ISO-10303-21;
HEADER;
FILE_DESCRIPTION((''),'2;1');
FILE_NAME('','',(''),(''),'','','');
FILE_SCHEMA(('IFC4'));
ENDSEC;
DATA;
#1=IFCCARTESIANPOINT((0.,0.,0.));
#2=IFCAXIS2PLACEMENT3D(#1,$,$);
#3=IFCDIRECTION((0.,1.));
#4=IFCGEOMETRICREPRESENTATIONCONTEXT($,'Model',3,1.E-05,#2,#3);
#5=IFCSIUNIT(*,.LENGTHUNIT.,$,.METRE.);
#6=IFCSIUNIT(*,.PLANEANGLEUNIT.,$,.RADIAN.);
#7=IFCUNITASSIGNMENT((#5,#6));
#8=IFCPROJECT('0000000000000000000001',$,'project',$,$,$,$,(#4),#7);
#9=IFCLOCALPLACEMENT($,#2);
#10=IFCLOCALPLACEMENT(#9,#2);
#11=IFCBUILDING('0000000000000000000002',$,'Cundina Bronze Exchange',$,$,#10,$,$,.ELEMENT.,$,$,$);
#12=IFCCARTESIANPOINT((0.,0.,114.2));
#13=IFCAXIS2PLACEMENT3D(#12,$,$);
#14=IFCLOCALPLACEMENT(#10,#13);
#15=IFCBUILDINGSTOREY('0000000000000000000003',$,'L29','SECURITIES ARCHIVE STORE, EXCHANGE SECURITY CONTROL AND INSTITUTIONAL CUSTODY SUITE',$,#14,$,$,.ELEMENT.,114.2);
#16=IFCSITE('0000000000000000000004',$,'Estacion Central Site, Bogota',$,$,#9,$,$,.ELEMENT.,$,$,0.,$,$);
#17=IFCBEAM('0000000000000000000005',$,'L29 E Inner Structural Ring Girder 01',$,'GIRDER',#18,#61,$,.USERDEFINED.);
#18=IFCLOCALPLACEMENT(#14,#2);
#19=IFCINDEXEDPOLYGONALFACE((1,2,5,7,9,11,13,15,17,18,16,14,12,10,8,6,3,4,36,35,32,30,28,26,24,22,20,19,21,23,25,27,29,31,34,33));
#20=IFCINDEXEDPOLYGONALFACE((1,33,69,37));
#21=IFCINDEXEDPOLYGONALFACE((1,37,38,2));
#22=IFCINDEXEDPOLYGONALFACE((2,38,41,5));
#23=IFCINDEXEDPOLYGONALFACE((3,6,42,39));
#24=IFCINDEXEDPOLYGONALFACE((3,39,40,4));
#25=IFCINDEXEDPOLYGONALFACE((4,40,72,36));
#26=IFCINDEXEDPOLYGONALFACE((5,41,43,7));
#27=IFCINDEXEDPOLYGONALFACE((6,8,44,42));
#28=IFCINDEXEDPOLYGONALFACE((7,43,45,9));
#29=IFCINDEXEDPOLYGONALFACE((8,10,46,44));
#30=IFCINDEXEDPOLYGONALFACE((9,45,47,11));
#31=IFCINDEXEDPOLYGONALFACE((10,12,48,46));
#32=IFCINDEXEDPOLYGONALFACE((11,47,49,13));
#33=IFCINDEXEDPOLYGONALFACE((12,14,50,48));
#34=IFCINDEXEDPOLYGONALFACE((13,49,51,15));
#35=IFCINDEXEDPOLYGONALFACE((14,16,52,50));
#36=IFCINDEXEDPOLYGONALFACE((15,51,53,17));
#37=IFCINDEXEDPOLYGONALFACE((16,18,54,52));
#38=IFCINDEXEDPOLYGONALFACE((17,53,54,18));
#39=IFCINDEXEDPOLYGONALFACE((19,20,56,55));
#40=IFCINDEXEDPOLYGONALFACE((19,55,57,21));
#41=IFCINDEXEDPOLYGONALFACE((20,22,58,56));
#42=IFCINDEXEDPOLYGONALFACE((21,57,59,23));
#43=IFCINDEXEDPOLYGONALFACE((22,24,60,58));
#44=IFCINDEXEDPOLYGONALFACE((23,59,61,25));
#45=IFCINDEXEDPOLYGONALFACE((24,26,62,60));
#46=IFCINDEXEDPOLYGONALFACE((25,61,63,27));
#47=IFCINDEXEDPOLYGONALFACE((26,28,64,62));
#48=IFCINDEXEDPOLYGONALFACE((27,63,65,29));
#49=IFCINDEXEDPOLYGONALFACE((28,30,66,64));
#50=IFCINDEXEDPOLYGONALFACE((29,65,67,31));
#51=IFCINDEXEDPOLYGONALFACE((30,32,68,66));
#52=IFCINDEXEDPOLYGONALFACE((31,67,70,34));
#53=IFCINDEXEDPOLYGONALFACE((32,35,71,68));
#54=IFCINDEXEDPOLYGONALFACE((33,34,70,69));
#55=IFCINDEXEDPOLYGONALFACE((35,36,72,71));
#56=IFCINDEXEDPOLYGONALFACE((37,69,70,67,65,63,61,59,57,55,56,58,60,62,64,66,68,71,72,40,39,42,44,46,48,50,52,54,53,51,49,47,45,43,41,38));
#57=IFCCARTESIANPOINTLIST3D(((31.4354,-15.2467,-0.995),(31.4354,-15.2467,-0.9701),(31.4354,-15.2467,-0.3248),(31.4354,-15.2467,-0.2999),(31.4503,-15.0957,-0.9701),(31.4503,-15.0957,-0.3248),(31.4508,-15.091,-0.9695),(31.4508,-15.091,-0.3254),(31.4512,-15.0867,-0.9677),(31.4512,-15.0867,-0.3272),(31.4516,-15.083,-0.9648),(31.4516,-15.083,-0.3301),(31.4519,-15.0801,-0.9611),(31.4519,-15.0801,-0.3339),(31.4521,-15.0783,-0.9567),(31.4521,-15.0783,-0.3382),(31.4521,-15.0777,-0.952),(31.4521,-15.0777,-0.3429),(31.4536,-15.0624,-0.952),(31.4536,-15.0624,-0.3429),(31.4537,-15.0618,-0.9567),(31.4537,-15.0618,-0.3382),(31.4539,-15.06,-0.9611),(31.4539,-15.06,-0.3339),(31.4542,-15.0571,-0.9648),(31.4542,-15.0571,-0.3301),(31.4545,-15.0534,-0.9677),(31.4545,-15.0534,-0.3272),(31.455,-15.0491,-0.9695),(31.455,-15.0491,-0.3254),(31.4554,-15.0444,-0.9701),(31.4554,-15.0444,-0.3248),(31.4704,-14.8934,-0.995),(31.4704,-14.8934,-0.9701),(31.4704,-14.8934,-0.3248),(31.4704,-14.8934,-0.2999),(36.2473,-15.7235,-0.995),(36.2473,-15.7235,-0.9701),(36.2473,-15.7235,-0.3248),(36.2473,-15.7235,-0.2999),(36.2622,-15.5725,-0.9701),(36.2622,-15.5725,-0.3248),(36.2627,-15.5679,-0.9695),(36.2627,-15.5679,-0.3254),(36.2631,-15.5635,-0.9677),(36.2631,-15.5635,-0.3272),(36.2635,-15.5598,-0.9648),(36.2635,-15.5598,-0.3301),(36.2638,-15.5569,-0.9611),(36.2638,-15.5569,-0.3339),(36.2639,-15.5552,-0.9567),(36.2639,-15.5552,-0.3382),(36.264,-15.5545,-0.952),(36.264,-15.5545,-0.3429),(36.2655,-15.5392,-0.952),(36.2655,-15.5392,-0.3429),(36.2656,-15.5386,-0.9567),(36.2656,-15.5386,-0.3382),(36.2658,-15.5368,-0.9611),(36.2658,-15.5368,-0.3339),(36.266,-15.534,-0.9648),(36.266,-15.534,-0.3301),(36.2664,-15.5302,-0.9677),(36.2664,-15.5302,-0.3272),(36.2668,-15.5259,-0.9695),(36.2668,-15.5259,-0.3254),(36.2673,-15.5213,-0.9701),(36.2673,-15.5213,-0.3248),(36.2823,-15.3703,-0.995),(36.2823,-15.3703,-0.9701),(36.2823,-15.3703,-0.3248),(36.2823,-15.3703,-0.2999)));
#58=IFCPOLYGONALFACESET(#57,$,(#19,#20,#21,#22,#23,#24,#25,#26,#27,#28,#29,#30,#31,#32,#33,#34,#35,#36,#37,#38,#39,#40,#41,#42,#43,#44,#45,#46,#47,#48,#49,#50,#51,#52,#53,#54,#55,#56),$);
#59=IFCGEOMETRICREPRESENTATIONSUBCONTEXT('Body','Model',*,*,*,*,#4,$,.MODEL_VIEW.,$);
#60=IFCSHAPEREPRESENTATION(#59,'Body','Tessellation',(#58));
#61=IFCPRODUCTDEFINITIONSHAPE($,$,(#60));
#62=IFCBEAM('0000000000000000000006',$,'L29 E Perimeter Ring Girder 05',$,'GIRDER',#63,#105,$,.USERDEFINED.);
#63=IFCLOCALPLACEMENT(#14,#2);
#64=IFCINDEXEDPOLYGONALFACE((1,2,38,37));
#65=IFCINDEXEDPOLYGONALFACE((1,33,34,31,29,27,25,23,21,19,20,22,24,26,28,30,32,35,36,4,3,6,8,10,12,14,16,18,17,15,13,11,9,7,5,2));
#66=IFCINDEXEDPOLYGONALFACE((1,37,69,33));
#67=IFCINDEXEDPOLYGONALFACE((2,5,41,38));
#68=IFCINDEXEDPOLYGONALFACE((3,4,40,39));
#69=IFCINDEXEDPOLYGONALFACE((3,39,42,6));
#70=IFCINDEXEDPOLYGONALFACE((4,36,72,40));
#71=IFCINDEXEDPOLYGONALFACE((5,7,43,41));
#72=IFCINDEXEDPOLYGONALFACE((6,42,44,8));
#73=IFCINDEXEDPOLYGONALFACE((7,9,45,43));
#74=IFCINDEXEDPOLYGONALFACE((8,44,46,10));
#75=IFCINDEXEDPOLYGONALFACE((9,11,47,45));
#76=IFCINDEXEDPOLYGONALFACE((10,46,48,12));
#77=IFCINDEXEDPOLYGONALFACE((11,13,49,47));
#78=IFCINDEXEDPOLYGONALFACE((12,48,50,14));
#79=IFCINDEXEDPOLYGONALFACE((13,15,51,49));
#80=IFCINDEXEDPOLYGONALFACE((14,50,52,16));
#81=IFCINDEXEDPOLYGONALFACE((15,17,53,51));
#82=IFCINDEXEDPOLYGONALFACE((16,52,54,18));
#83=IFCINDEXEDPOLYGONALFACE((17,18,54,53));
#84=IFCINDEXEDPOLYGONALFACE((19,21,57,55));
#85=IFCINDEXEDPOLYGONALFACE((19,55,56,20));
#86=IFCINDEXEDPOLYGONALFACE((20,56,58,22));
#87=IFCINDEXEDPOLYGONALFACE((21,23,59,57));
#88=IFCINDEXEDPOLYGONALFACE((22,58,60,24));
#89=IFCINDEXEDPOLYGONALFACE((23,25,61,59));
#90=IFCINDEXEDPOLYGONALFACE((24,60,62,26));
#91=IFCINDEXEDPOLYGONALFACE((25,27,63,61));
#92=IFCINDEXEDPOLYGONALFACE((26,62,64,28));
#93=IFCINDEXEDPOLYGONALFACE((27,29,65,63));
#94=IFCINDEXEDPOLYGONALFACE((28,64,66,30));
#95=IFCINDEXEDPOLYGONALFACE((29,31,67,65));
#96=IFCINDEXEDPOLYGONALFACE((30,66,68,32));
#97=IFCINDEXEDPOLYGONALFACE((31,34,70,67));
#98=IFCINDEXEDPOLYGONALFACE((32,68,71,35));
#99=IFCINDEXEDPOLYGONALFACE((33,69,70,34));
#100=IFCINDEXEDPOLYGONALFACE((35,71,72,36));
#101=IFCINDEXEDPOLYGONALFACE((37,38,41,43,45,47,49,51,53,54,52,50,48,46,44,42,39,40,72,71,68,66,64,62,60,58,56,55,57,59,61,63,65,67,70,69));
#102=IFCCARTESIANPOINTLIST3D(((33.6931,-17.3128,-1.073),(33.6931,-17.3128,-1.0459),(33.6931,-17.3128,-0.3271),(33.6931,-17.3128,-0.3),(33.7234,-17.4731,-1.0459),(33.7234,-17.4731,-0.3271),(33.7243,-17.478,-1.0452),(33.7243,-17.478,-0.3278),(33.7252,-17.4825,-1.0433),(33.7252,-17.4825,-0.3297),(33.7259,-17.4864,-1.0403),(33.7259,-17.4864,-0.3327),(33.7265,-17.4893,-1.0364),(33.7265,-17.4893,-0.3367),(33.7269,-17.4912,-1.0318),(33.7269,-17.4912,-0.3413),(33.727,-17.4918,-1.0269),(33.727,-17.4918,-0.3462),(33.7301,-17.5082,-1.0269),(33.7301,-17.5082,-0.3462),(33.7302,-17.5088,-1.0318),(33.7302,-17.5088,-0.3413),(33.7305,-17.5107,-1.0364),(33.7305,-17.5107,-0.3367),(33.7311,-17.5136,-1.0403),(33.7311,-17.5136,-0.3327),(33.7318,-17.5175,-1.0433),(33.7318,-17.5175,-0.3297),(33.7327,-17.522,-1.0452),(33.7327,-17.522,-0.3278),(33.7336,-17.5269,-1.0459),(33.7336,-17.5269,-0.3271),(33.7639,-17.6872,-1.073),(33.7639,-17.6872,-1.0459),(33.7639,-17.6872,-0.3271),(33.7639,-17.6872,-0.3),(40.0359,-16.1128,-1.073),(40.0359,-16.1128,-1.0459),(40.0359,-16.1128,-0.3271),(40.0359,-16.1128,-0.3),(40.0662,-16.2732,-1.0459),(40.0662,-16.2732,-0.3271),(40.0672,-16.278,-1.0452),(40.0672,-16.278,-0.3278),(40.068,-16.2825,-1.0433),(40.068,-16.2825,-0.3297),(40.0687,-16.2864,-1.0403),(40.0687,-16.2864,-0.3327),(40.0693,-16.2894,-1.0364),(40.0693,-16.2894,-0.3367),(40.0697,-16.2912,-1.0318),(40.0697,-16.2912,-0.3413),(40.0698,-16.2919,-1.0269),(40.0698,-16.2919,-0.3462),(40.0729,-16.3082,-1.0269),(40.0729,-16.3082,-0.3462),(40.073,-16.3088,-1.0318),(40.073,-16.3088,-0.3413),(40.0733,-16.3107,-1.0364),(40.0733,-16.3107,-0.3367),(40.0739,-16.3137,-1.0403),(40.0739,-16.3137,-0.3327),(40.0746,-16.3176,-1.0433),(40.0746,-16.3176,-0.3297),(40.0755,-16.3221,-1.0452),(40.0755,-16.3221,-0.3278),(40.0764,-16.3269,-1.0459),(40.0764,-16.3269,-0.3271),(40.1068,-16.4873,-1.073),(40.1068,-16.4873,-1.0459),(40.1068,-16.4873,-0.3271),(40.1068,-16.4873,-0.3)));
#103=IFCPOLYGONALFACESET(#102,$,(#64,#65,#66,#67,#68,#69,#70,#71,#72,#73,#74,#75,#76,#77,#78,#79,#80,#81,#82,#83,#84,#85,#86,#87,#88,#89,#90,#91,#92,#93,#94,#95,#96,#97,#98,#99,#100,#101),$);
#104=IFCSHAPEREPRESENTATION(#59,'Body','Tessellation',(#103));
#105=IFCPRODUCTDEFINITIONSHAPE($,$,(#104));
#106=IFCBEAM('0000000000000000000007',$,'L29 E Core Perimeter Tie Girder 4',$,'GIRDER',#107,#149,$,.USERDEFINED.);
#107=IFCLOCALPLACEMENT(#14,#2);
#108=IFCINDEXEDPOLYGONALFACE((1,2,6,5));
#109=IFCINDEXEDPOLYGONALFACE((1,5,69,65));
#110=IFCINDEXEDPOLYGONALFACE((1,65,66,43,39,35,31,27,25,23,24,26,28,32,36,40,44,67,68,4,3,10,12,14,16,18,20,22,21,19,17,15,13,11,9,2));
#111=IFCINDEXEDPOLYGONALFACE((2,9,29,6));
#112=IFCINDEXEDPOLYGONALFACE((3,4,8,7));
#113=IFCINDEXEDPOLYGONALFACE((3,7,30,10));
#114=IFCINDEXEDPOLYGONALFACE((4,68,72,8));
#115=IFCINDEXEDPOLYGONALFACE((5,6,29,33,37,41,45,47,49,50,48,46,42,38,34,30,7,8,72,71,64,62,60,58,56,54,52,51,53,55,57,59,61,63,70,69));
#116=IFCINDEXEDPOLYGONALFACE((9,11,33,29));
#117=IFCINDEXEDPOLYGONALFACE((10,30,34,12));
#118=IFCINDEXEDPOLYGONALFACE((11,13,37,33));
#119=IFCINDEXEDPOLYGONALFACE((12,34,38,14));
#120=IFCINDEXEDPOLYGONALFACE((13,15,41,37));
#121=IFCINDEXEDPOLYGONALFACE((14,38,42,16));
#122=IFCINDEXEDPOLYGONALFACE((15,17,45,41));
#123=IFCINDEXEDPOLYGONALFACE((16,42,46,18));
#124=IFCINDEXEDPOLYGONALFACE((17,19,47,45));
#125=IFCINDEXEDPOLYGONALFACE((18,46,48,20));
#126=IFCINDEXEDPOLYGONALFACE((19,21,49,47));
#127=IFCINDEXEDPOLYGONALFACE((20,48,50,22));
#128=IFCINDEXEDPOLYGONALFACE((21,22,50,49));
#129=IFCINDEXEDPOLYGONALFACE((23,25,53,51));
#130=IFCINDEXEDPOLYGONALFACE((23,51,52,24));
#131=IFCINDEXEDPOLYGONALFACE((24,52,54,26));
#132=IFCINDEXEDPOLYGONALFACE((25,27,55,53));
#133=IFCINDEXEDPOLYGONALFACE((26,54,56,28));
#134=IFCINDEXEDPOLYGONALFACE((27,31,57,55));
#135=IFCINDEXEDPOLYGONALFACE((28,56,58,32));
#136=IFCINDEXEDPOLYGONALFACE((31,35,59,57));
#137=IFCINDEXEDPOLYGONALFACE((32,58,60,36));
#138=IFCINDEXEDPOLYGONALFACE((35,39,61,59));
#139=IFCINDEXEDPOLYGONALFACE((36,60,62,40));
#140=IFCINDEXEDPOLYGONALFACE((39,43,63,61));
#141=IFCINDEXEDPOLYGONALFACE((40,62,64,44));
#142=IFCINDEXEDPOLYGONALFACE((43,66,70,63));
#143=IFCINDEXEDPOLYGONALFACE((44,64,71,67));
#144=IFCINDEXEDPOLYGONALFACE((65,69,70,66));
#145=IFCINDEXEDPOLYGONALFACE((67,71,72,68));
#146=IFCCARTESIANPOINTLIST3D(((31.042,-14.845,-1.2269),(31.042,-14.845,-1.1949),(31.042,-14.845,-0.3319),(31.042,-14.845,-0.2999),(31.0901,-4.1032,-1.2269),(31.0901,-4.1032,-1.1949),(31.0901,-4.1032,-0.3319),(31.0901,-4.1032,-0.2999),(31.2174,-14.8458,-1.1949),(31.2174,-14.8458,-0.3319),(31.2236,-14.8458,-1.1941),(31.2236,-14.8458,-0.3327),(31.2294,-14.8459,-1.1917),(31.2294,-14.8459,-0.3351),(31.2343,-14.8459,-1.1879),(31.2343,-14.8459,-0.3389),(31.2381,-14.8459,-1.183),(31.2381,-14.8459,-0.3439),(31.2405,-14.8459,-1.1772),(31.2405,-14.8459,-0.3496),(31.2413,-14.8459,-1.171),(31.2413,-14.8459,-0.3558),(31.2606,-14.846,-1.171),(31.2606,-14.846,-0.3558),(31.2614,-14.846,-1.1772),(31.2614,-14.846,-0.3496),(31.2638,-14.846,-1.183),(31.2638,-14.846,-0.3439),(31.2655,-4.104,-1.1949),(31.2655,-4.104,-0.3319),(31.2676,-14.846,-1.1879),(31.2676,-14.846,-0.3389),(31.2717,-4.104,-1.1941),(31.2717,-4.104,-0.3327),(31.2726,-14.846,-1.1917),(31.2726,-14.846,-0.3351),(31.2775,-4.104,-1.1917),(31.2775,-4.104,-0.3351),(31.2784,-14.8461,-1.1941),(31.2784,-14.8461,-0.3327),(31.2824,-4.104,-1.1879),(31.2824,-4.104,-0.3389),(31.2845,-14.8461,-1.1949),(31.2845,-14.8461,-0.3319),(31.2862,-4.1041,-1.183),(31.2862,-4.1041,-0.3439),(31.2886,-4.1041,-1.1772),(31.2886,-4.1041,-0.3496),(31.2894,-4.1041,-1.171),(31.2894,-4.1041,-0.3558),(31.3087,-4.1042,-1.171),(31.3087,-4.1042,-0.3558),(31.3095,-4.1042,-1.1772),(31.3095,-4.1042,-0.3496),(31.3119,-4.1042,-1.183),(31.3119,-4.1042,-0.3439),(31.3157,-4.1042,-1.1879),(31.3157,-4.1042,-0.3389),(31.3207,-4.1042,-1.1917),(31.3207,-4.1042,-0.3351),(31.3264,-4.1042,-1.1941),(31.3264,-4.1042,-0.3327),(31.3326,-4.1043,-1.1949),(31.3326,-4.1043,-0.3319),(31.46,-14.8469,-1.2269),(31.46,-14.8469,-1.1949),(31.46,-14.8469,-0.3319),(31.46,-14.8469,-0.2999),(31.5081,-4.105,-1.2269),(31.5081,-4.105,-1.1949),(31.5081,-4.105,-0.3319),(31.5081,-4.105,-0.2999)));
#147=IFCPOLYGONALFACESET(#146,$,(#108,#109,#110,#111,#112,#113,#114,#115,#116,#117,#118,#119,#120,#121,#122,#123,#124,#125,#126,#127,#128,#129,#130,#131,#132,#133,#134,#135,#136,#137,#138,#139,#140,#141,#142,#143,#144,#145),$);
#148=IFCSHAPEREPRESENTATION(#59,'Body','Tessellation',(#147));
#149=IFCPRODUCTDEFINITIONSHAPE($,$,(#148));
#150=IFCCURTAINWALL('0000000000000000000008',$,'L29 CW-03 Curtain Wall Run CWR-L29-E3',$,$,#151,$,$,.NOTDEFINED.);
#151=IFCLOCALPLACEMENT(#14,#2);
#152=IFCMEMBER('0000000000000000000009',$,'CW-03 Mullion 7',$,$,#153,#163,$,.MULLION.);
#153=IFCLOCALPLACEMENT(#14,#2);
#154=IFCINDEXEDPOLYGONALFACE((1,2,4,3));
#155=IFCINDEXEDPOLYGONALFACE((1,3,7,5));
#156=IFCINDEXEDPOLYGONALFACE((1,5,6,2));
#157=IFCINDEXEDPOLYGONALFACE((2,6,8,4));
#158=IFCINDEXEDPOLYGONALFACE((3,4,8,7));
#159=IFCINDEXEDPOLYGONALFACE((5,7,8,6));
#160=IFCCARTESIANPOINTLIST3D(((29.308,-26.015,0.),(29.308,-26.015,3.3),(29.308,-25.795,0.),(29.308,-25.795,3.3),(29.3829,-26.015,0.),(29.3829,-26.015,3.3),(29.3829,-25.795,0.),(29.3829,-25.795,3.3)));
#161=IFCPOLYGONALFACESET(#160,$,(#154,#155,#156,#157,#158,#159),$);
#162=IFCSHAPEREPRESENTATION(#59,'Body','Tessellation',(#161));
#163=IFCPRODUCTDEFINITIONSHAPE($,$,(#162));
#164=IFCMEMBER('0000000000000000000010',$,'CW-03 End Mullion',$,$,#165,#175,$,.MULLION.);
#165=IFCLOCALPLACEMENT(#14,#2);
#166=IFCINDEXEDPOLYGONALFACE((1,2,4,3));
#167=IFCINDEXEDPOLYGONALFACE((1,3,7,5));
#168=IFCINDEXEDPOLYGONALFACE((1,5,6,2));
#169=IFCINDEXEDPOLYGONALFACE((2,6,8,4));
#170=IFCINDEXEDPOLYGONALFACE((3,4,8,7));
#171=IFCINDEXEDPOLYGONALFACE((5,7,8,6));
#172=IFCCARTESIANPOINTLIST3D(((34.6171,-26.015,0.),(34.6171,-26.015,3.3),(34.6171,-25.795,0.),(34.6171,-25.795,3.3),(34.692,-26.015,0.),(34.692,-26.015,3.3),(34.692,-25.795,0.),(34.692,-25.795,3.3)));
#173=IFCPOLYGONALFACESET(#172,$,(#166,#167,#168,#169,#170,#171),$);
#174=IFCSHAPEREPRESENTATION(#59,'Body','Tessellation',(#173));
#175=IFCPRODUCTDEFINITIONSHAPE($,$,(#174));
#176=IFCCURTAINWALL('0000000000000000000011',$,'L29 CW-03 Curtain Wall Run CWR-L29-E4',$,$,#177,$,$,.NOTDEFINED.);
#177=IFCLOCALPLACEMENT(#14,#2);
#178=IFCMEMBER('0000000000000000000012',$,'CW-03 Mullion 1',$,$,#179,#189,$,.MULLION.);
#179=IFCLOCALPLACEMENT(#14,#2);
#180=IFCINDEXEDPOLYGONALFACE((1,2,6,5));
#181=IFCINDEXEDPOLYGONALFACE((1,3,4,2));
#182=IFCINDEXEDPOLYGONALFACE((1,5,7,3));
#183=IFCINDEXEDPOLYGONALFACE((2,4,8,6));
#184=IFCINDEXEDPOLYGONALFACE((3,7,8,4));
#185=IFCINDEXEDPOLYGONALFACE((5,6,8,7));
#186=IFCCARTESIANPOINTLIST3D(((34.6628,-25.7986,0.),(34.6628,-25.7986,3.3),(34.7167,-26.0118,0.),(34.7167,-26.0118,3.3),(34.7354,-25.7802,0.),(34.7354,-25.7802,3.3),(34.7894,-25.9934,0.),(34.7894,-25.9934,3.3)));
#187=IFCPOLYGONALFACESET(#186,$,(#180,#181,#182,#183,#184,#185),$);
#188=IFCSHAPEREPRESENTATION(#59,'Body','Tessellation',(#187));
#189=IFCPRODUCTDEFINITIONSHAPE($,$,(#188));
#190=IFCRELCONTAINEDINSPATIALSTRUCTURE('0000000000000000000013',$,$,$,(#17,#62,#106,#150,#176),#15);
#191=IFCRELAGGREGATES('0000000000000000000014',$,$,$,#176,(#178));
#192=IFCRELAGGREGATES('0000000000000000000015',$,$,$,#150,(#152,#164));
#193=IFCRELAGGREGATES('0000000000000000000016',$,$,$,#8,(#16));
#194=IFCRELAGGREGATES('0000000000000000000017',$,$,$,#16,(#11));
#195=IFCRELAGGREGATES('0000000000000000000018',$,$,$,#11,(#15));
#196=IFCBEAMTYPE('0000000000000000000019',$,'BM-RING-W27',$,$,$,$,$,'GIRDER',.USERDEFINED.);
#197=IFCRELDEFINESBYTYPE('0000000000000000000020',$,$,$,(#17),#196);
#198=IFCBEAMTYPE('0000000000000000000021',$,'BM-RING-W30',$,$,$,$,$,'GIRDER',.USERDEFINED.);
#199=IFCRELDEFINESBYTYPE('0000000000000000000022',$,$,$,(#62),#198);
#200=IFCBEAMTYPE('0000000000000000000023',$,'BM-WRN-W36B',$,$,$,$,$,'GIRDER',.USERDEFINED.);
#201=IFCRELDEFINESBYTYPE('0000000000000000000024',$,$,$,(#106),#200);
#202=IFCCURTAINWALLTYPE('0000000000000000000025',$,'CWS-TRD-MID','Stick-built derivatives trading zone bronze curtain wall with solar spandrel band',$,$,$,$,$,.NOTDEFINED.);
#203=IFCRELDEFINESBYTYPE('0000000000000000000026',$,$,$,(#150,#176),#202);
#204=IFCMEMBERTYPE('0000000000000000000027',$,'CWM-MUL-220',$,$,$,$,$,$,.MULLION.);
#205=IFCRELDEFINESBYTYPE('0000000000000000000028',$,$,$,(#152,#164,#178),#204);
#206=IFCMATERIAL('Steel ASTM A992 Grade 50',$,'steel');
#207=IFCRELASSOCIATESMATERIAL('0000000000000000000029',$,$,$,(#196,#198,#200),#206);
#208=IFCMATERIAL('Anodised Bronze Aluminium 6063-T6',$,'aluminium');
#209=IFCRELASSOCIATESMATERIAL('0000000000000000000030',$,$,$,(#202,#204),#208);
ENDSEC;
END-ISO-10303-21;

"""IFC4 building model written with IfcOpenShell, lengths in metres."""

from ifc_helpers import new_model, si_unit, direction, frame, origin, origin_2d, place, context, subcontext, project, spatial, rectangle, i_section, extrude, material, material_profile, profile_set, type_object, element, aggregate, save


model = new_model("IFC4")

# Units and contexts
model_context = context("Model", 3, precision=1e-05, world=origin(), true_north=direction((0.0, 1.0)))
body_context = subcontext(model_context, "Body", "Model", "MODEL_VIEW")
ifc_project = project(units=[si_unit("LENGTHUNIT", "METRE"), si_unit("PLANEANGLEUNIT", "RADIAN")], contexts=[model_context])

# Site, building, storey
site_placement = place(None, origin())
site = spatial("IfcSite", under=ifc_project, at=site_placement, Name="Estacion Central Site, Bogota", CompositionType="ELEMENT", RefElevation=0.0)
building_placement = place(site_placement, origin())
building = spatial("IfcBuilding", under=site, at=building_placement, Name="Cundina Bronze Exchange", CompositionType="ELEMENT")
storey_placement = place(building_placement, frame((0.0, 0.0, 114.2)))
storey = spatial("IfcBuildingStorey", under=building, at=storey_placement, Name="L29", Description="SECURITIES ARCHIVE STORE, EXCHANGE SECURITY CONTROL AND INSTITUTIONAL CUSTODY SUITE", CompositionType="ELEMENT", Elevation=114.2)

# Shared definitions
ifc_material_1 = material(Name="Steel ASTM A992 Grade 50", Category="steel")

# Beams
ifc_material_profile_1 = material_profile(ifc_material_1, i_section(OverallWidth=0.355, OverallDepth=0.6951, WebThickness=0.0154, FlangeThickness=0.0249, FilletRadius=0.0181, at=origin_2d()), Name="W27X146", Category="steel")
ifc_profile_set_1 = profile_set([ifc_material_profile_1], Name="Steel ASTM A992 Grade 50")
beam_type_1 = type_object("IfcBeamType", Name="BM-RING-W27", ElementType="GIRDER", PredefinedType="USERDEFINED", material=ifc_profile_set_1)
beam_1_placement = place(storey_placement, frame((31.4529, -15.0701, -0.6475), z_axis=(0.995126, -0.098609, 0.0), x_axis=(0.098609, 0.995126, 0.0)))
element("IfcBeam", 1, at=beam_1_placement, inside=storey, type_object=beam_type_1, Name="L29 E Inner Structural Ring Girder 01", ObjectType="GIRDER", PredefinedType="USERDEFINED", context=body_context, shape_type="SweptSolid", body=[
    extrude(i_section(OverallWidth=0.355, OverallDepth=0.6951, WebThickness=0.0154, FlangeThickness=0.0249, FilletRadius=0.0181, at=origin_2d()), origin(), (0.0, 0.0, 1.0), 4.8354),
])
ifc_material_profile_2 = material_profile(ifc_material_1, i_section(OverallWidth=0.3811, OverallDepth=0.7729, WebThickness=0.0166, FlangeThickness=0.0271, FilletRadius=0.019, at=origin_2d()), Name="W30X173", Category="steel")
ifc_profile_set_2 = profile_set([ifc_material_profile_2], Name="Steel ASTM A992 Grade 50")
beam_type_2 = type_object("IfcBeamType", Name="BM-RING-W30", ElementType="GIRDER", PredefinedType="USERDEFINED", material=ifc_profile_set_2)
beam_2_placement = place(storey_placement, frame((33.7285, -17.5, -0.6865), z_axis=(0.982571, 0.185887, 0.0), x_axis=(-0.185887, 0.982571, 0.0)))
element("IfcBeam", 2, at=beam_2_placement, inside=storey, type_object=beam_type_2, Name="L29 E Perimeter Ring Girder 05", ObjectType="GIRDER", PredefinedType="USERDEFINED", context=body_context, shape_type="SweptSolid", body=[
    extrude(i_section(OverallWidth=0.3811, OverallDepth=0.7729, WebThickness=0.0166, FlangeThickness=0.0271, FilletRadius=0.019, at=origin_2d()), origin(), (0.0, 0.0, 1.0), 6.4553),
])
ifc_material_profile_3 = material_profile(ifc_material_1, i_section(OverallWidth=0.418, OverallDepth=0.927, WebThickness=0.0193, FlangeThickness=0.032, FilletRadius=0.0239, at=origin_2d()), Name="W36X231", Category="steel")
ifc_profile_set_3 = profile_set([ifc_material_profile_3], Name="Steel ASTM A992 Grade 50")
beam_type_3 = type_object("IfcBeamType", Name="BM-WRN-W36B", ElementType="GIRDER", PredefinedType="USERDEFINED", material=ifc_profile_set_3)
beam_3_placement = place(storey_placement, frame((31.251, -14.8459, -0.7634), z_axis=(0.004477, 0.99999, 0.0), x_axis=(-0.99999, 0.004477, 0.0)))
element("IfcBeam", 3, at=beam_3_placement, inside=storey, type_object=beam_type_3, Name="L29 E Core Perimeter Tie Girder 4", ObjectType="GIRDER", PredefinedType="USERDEFINED", context=body_context, shape_type="SweptSolid", body=[
    extrude(i_section(OverallWidth=0.418, OverallDepth=0.927, WebThickness=0.0193, FlangeThickness=0.032, FilletRadius=0.0239, at=origin_2d()), origin(), (0.0, 0.0, 1.0), 10.7419),
])

# Curtain wall, members
ifc_material_2 = material(Name="Anodised Bronze Aluminium 6063-T6", Category="aluminium")
curtain_wall_type = type_object("IfcCurtainWallType", Name="CWS-TRD-MID", Description="Stick-built derivatives trading zone bronze curtain wall with solar spandrel band", PredefinedType="NOTDEFINED", material=ifc_material_2)
curtain_wall_1_placement = place(storey_placement, origin())
curtain_wall_1 = element("IfcCurtainWall", 4, at=curtain_wall_1_placement, inside=storey, type_object=curtain_wall_type, Name="L29 CW-03 Curtain Wall Run CWR-L29-E3", PredefinedType="NOTDEFINED")
ifc_material_profile_4 = material_profile(ifc_material_2, rectangle(XDim=0.075, YDim=0.22, at=origin_2d()), Name="AL75X220", Category="aluminium")
ifc_profile_set_4 = profile_set([ifc_material_profile_4], Name="Anodised Bronze Aluminium 6063-T6")
member_type_1 = type_object("IfcMemberType", Name="CWM-MUL-220", PredefinedType="MULLION", material=ifc_profile_set_4)
member_1_placement = place(storey_placement, frame((29.3455, -25.905, 0.0), z_axis=(0.0, 0.0, 1.0), x_axis=(1.0, 0.0, 0.0)))
member_1 = element("IfcMember", 5, at=member_1_placement, type_object=member_type_1, Name="CW-03 Mullion 7", PredefinedType="MULLION", context=body_context, shape_type="SweptSolid", body=[
    extrude(rectangle(XDim=0.075, YDim=0.22, at=origin_2d()), origin(), (0.0, 0.0, 1.0), 3.3),
])
member_2_placement = place(storey_placement, frame((34.6545, -25.905, 0.0), z_axis=(0.0, 0.0, 1.0), x_axis=(1.0, 0.0, 0.0)))
member_2 = element("IfcMember", 6, at=member_2_placement, type_object=member_type_1, Name="CW-03 End Mullion", PredefinedType="MULLION", context=body_context, shape_type="SweptSolid", body=[
    extrude(rectangle(XDim=0.075, YDim=0.22, at=origin_2d()), origin(), (0.0, 0.0, 1.0), 3.3),
])

# Curtain wall, member
curtain_wall_2_placement = place(storey_placement, origin())
curtain_wall_2 = element("IfcCurtainWall", 7, at=curtain_wall_2_placement, inside=storey, type_object=curtain_wall_type, Name="L29 CW-03 Curtain Wall Run CWR-L29-E4", PredefinedType="NOTDEFINED")
member_3_placement = place(storey_placement, frame((34.7261, -25.896, 0.0), z_axis=(0.0, 0.0, 1.0), x_axis=(0.969488, 0.245138, 0.0)))
member_3 = element("IfcMember", 8, at=member_3_placement, type_object=member_type_1, Name="CW-03 Mullion 1", PredefinedType="MULLION", context=body_context, shape_type="SweptSolid", body=[
    extrude(rectangle(XDim=0.075, YDim=0.22, at=origin_2d()), origin(), (0.0, 0.0, 1.0), 3.3),
])
aggregate(curtain_wall_2, [member_3])

aggregate(curtain_wall_1, [member_1, member_2])

save(model, "model.ifc")
